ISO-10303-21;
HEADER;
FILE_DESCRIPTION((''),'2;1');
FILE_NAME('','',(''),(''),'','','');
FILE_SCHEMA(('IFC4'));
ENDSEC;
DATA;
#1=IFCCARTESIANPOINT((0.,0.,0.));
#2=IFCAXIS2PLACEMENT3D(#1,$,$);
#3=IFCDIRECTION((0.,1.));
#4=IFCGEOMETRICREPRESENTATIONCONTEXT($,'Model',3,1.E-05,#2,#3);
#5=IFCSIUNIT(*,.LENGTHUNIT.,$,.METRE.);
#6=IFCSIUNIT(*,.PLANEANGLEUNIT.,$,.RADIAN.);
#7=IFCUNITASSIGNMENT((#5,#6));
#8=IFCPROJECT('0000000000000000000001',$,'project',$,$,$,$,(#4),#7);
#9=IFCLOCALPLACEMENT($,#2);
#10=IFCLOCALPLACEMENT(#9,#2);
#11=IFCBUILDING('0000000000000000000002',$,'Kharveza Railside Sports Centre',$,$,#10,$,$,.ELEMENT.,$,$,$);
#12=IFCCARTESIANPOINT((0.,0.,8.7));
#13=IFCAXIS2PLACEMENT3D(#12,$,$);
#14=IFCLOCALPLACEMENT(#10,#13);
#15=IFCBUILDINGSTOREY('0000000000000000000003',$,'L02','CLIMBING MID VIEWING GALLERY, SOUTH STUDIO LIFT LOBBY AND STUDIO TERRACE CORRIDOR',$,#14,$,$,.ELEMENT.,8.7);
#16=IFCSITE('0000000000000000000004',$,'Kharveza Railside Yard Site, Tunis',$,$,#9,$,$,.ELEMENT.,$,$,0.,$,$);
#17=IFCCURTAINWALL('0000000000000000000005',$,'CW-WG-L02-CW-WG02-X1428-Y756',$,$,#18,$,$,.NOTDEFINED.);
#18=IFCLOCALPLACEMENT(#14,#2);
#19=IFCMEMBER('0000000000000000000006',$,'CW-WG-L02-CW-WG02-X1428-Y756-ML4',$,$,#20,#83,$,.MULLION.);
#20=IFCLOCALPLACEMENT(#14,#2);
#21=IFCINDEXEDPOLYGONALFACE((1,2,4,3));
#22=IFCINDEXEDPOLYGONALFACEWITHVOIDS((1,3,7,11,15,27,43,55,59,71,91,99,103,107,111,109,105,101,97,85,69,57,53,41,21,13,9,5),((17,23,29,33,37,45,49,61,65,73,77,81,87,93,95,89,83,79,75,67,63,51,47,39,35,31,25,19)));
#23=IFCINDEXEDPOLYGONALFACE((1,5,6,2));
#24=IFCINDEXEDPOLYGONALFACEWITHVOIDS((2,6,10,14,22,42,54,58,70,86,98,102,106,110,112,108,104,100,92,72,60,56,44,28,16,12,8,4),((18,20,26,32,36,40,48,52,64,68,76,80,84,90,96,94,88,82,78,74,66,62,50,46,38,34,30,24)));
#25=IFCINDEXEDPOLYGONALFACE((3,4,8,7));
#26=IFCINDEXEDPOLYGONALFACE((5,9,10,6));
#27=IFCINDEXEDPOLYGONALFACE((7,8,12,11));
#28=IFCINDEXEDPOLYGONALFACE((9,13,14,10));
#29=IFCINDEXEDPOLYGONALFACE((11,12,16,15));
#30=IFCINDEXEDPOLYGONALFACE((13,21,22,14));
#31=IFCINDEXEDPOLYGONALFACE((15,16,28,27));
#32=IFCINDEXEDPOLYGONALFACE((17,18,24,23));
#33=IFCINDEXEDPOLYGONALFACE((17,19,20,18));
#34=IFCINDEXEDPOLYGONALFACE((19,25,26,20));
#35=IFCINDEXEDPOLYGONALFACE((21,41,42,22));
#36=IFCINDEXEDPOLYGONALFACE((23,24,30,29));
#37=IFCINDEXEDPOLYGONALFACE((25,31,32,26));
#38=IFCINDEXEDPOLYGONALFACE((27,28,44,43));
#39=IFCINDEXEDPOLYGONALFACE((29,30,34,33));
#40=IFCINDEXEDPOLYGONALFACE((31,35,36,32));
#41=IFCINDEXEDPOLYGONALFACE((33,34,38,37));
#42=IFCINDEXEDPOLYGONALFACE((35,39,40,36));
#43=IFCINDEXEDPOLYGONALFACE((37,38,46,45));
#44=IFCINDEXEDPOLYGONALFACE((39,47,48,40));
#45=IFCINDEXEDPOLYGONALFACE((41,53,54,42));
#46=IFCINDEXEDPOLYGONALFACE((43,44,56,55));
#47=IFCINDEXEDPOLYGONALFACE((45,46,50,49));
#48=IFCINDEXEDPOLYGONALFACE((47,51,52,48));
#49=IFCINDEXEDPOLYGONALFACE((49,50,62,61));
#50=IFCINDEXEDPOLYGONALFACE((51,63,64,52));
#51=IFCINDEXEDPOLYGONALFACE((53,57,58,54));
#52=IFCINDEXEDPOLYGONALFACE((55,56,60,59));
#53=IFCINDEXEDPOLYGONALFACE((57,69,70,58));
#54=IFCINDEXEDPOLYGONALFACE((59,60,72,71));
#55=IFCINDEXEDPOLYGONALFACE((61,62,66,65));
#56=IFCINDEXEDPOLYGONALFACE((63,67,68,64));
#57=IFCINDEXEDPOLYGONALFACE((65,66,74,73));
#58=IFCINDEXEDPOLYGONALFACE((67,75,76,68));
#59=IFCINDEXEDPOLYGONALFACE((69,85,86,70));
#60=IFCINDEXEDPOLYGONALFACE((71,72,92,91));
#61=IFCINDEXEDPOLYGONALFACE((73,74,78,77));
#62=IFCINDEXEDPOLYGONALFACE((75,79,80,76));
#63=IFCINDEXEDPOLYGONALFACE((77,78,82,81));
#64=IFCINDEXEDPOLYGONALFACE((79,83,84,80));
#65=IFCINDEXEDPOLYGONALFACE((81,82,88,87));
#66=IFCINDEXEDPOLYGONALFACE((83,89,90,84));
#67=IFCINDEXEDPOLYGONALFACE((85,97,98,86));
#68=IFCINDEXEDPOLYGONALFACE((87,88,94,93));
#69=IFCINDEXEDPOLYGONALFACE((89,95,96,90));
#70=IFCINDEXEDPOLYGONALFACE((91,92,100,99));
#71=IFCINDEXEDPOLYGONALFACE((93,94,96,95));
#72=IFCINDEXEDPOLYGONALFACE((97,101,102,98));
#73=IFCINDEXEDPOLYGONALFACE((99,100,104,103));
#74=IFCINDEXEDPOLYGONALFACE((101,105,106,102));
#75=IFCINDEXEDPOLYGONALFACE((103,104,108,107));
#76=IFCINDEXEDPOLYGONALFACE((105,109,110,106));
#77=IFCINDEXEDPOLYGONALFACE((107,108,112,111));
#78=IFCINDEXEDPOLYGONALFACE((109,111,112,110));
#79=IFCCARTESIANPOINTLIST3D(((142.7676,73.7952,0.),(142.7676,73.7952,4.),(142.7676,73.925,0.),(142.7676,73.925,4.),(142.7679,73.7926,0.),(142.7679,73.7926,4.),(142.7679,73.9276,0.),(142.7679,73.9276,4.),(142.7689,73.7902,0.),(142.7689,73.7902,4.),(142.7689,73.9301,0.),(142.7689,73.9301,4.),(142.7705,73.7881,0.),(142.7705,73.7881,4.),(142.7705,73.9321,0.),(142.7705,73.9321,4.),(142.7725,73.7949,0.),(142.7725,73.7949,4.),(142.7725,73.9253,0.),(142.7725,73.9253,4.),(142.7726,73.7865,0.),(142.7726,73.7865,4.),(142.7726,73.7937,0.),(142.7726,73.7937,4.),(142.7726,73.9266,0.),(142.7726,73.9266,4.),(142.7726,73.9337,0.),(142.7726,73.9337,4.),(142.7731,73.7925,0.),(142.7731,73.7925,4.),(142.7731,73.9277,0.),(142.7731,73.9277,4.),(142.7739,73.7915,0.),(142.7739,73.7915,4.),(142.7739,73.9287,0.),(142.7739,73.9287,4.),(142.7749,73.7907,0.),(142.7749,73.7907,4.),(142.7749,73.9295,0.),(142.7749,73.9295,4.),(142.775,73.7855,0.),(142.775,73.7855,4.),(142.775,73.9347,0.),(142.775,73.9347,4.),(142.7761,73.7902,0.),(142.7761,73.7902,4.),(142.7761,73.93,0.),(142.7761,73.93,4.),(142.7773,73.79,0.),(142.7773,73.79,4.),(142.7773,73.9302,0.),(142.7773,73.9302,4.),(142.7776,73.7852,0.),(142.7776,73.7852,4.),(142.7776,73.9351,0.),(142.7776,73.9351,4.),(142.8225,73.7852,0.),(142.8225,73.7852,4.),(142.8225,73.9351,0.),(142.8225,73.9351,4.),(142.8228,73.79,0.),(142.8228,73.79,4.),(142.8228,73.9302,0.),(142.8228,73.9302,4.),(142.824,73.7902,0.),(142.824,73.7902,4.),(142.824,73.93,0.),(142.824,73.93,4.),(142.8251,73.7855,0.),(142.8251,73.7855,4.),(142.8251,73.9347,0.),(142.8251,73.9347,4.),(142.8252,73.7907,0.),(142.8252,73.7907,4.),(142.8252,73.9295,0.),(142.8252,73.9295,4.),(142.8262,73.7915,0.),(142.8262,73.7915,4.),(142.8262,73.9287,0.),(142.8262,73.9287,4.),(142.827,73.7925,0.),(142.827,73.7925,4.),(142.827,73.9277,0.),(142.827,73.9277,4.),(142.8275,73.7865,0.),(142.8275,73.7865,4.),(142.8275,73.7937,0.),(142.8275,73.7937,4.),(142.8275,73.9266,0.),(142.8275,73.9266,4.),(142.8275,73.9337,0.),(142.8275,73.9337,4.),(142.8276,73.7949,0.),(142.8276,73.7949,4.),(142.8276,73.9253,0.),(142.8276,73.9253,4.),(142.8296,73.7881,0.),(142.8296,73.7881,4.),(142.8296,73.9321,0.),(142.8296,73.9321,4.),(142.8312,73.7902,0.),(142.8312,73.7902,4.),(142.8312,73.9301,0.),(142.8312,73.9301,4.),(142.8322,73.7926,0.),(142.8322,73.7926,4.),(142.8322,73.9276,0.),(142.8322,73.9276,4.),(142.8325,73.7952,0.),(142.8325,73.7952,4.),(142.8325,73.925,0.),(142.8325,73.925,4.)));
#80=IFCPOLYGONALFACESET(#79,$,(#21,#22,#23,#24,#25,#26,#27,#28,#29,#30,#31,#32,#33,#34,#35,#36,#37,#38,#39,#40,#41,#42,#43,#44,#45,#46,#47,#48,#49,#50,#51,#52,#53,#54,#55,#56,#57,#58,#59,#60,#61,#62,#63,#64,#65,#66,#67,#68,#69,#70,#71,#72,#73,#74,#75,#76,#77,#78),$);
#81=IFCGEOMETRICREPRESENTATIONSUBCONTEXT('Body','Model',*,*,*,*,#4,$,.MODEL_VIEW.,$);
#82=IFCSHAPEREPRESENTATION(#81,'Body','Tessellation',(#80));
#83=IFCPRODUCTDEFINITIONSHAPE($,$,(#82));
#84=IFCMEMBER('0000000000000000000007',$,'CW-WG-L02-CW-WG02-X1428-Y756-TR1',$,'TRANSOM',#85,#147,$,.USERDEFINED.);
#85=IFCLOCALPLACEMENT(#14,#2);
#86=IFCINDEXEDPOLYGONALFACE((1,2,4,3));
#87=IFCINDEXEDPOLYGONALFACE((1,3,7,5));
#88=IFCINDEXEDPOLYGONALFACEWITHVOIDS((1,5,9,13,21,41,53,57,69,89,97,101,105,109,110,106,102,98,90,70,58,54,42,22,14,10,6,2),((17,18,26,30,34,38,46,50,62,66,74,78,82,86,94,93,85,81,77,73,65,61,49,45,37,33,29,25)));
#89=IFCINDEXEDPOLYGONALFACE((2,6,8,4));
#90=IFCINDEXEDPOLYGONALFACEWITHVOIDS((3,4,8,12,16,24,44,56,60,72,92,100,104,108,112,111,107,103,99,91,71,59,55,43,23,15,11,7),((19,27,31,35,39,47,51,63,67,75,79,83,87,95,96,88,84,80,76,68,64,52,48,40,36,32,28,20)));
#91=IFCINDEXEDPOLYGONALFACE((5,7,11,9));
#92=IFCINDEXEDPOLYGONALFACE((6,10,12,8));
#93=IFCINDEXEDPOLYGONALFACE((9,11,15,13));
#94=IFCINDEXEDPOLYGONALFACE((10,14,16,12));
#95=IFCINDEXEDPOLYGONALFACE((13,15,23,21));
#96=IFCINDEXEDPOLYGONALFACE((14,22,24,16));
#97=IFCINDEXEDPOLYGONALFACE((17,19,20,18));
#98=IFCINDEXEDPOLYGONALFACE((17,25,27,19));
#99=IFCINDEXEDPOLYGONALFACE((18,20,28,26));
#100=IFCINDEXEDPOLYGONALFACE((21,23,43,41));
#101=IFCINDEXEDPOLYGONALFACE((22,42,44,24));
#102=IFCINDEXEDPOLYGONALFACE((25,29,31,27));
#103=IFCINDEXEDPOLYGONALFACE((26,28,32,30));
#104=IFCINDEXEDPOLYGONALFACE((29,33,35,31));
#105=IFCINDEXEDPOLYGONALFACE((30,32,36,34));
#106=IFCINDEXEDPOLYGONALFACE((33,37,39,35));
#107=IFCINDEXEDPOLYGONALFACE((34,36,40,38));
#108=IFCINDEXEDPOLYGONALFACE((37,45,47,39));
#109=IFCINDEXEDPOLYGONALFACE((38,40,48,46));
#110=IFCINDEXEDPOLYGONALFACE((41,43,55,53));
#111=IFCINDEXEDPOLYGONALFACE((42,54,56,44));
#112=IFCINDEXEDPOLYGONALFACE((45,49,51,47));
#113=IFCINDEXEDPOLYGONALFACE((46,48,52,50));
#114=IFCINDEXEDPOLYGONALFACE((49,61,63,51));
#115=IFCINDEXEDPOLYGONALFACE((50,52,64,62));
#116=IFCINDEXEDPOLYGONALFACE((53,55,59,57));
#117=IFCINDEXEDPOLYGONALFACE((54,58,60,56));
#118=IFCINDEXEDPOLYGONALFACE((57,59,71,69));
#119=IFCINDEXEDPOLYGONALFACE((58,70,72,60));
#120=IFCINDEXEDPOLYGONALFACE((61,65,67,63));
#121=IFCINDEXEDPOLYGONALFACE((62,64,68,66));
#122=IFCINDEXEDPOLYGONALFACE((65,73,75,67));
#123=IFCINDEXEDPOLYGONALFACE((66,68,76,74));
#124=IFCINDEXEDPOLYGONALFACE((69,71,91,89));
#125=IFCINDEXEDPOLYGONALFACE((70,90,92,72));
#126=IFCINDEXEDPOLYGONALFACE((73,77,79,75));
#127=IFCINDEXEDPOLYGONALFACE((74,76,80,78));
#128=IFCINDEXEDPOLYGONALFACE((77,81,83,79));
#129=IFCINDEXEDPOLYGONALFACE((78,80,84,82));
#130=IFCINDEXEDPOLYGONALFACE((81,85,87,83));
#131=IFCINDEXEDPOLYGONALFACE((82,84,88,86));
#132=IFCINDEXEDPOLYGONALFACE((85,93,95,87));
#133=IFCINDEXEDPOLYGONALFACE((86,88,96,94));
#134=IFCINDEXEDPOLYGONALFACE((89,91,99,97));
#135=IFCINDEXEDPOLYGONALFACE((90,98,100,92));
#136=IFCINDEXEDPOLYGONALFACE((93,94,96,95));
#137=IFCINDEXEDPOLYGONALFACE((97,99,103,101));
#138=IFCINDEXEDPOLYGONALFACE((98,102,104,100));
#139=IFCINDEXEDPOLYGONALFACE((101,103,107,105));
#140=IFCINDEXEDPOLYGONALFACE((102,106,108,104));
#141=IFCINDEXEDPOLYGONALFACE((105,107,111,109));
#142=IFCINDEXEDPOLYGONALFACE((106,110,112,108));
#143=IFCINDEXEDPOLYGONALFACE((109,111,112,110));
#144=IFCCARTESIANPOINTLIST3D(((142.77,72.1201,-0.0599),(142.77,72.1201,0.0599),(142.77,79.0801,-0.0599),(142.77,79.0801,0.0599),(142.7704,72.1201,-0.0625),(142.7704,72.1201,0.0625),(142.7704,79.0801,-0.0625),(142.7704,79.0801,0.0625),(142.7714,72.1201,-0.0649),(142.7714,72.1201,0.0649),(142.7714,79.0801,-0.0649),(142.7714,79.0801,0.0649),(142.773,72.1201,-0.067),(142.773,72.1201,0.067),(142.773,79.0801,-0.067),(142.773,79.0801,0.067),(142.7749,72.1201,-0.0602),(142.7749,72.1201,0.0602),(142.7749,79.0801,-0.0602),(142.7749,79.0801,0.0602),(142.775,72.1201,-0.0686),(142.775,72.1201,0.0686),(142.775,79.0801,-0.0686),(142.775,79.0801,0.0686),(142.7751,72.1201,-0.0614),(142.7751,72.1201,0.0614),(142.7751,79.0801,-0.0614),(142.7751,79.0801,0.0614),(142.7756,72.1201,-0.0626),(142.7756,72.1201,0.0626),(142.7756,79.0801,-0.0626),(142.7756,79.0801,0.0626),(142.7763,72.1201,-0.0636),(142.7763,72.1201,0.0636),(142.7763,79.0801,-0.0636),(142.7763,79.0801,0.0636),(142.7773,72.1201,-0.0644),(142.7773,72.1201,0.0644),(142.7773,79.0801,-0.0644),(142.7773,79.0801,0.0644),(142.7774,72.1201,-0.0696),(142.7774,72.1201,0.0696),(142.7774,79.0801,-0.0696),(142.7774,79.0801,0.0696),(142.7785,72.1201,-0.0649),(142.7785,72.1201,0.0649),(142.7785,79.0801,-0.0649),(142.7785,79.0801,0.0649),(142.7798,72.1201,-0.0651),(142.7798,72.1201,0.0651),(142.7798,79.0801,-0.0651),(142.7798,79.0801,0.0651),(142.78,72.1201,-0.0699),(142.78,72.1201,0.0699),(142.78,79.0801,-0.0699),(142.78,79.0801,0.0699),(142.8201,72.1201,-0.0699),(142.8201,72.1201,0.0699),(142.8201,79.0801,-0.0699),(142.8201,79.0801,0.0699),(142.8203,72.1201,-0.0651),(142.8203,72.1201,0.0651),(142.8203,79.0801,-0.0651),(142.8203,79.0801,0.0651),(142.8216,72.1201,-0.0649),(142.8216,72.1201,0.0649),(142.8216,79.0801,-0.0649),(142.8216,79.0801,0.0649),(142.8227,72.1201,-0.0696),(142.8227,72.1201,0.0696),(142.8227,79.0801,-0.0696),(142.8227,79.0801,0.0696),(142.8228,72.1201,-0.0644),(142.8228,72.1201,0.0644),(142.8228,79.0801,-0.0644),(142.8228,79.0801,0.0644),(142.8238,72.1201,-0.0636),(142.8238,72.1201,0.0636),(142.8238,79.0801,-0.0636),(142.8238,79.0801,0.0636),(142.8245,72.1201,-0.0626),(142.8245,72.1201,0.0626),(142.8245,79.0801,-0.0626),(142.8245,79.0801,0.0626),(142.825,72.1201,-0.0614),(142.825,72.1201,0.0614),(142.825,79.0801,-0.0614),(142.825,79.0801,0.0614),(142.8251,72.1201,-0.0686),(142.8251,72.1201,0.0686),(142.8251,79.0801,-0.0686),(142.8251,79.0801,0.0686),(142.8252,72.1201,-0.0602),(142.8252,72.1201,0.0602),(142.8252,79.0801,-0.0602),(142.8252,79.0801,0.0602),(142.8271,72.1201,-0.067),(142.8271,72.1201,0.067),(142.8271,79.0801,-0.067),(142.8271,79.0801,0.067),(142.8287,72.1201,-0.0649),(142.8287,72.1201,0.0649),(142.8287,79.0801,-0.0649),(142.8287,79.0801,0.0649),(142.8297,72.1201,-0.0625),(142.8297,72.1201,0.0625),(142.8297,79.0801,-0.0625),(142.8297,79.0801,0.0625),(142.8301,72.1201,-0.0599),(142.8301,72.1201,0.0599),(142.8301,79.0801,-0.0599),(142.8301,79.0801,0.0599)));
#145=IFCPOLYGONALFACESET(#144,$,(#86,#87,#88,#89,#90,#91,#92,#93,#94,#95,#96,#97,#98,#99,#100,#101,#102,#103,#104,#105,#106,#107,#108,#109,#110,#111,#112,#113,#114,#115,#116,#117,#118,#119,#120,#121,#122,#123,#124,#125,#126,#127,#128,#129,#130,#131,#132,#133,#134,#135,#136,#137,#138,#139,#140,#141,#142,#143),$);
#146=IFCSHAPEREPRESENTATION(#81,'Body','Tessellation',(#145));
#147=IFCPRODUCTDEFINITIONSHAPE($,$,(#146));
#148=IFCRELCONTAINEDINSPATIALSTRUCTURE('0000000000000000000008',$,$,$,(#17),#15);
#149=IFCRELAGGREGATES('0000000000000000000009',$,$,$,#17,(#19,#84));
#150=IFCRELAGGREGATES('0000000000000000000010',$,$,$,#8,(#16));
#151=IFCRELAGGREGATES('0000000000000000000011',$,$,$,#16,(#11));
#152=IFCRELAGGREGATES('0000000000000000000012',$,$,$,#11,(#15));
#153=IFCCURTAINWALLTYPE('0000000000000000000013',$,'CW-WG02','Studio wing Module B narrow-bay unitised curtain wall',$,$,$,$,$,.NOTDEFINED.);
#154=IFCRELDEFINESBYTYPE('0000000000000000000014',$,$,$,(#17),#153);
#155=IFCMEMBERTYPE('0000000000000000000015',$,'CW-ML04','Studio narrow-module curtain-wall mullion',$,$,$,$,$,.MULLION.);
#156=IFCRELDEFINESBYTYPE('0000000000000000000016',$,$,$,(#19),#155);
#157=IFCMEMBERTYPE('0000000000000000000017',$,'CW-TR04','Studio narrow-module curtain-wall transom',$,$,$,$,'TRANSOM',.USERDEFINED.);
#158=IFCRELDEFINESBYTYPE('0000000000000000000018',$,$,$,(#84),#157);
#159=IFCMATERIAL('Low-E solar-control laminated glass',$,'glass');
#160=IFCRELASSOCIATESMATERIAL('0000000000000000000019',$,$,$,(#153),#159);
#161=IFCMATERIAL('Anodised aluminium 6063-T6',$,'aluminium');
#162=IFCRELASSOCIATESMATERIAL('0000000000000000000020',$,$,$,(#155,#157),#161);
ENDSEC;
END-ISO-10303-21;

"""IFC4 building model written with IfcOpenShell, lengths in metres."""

from ifc_helpers import new_model, si_unit, direction, frame, origin, origin_2d, place, context, subcontext, project, spatial, hollow_rectangle, extrude, material, material_profile, profile_set, type_object, element, aggregate, save


model = new_model("IFC4")

# Units and contexts
model_context = context("Model", 3, precision=1e-05, world=origin(), true_north=direction((0.0, 1.0)))
body_context = subcontext(model_context, "Body", "Model", "MODEL_VIEW")
ifc_project = project(units=[si_unit("LENGTHUNIT", "METRE"), si_unit("PLANEANGLEUNIT", "RADIAN")], contexts=[model_context])

# Site, building, storey
site_placement = place(None, origin())
site = spatial("IfcSite", under=ifc_project, at=site_placement, Name="Kharveza Railside Yard Site, Tunis", CompositionType="ELEMENT", RefElevation=0.0)
building_placement = place(site_placement, origin())
building = spatial("IfcBuilding", under=site, at=building_placement, Name="Kharveza Railside Sports Centre", CompositionType="ELEMENT")
storey_placement = place(building_placement, frame((0.0, 0.0, 8.7)))
storey = spatial("IfcBuildingStorey", under=building, at=storey_placement, Name="L02", Description="CLIMBING MID VIEWING GALLERY, SOUTH STUDIO LIFT LOBBY AND STUDIO TERRACE CORRIDOR", CompositionType="ELEMENT", Elevation=8.7)

# Curtain wall, members
ifc_material_1 = material(Name="Low-E solar-control laminated glass", Category="glass")
curtain_wall_type = type_object("IfcCurtainWallType", Name="CW-WG02", Description="Studio wing Module B narrow-bay unitised curtain wall", PredefinedType="NOTDEFINED", material=ifc_material_1)
curtain_wall_placement = place(storey_placement, origin())
curtain_wall = element("IfcCurtainWall", 1, at=curtain_wall_placement, inside=storey, type_object=curtain_wall_type, Name="CW-WG-L02-CW-WG02-X1428-Y756", PredefinedType="NOTDEFINED")
ifc_material_2 = material(Name="Anodised aluminium 6063-T6", Category="aluminium")
ifc_material_profile_1 = material_profile(ifc_material_2, hollow_rectangle(XDim=0.0649, YDim=0.1499, WallThickness=0.0049, InnerFilletRadius=0.0049, OuterFilletRadius=0.01, at=origin_2d()), Name="RHS 65x150x5.0")
ifc_profile_set_1 = profile_set([ifc_material_profile_1], Name="Anodised aluminium 6063-T6")
member_type_1 = type_object("IfcMemberType", Name="CW-ML04", Description="Studio narrow-module curtain-wall mullion", PredefinedType="MULLION", material=ifc_profile_set_1)
member_1_placement = place(storey_placement, frame((142.8, 73.8601, 0.0), z_axis=(0.0, 0.0, 1.0), x_axis=(1.0, 0.0, 0.0)))
member_1 = element("IfcMember", 2, at=member_1_placement, type_object=member_type_1, Name="CW-WG-L02-CW-WG02-X1428-Y756-ML4", PredefinedType="MULLION", context=body_context, shape_type="SweptSolid", body=[
    extrude(hollow_rectangle(XDim=0.0649, YDim=0.1499, WallThickness=0.0049, InnerFilletRadius=0.0049, OuterFilletRadius=0.01, at=origin_2d()), origin(), (0.0, 0.0, 1.0), 4.0),
])
ifc_material_profile_2 = material_profile(ifc_material_2, hollow_rectangle(XDim=0.0601, YDim=0.1399, WallThickness=0.0049, InnerFilletRadius=0.0049, OuterFilletRadius=0.01, at=origin_2d()), Name="RHS 60x140x5.0")
ifc_profile_set_2 = profile_set([ifc_material_profile_2], Name="Anodised aluminium 6063-T6")
member_type_2 = type_object("IfcMemberType", Name="CW-TR04", Description="Studio narrow-module curtain-wall transom", ElementType="TRANSOM", PredefinedType="USERDEFINED", material=ifc_profile_set_2)
member_2_placement = place(storey_placement, frame((142.8, 79.0801, 0.0), z_axis=(0.0, -1.0, 0.0), x_axis=(1.0, 0.0, 0.0)))
member_2 = element("IfcMember", 3, at=member_2_placement, type_object=member_type_2, Name="CW-WG-L02-CW-WG02-X1428-Y756-TR1", ObjectType="TRANSOM", PredefinedType="USERDEFINED", context=body_context, shape_type="SweptSolid", body=[
    extrude(hollow_rectangle(XDim=0.0601, YDim=0.1399, WallThickness=0.0049, InnerFilletRadius=0.0049, OuterFilletRadius=0.01, at=origin_2d()), origin(), (0.0, 0.0, 1.0), 6.96),
])
aggregate(curtain_wall, [member_1, member_2])

save(model, "model.ifc")
